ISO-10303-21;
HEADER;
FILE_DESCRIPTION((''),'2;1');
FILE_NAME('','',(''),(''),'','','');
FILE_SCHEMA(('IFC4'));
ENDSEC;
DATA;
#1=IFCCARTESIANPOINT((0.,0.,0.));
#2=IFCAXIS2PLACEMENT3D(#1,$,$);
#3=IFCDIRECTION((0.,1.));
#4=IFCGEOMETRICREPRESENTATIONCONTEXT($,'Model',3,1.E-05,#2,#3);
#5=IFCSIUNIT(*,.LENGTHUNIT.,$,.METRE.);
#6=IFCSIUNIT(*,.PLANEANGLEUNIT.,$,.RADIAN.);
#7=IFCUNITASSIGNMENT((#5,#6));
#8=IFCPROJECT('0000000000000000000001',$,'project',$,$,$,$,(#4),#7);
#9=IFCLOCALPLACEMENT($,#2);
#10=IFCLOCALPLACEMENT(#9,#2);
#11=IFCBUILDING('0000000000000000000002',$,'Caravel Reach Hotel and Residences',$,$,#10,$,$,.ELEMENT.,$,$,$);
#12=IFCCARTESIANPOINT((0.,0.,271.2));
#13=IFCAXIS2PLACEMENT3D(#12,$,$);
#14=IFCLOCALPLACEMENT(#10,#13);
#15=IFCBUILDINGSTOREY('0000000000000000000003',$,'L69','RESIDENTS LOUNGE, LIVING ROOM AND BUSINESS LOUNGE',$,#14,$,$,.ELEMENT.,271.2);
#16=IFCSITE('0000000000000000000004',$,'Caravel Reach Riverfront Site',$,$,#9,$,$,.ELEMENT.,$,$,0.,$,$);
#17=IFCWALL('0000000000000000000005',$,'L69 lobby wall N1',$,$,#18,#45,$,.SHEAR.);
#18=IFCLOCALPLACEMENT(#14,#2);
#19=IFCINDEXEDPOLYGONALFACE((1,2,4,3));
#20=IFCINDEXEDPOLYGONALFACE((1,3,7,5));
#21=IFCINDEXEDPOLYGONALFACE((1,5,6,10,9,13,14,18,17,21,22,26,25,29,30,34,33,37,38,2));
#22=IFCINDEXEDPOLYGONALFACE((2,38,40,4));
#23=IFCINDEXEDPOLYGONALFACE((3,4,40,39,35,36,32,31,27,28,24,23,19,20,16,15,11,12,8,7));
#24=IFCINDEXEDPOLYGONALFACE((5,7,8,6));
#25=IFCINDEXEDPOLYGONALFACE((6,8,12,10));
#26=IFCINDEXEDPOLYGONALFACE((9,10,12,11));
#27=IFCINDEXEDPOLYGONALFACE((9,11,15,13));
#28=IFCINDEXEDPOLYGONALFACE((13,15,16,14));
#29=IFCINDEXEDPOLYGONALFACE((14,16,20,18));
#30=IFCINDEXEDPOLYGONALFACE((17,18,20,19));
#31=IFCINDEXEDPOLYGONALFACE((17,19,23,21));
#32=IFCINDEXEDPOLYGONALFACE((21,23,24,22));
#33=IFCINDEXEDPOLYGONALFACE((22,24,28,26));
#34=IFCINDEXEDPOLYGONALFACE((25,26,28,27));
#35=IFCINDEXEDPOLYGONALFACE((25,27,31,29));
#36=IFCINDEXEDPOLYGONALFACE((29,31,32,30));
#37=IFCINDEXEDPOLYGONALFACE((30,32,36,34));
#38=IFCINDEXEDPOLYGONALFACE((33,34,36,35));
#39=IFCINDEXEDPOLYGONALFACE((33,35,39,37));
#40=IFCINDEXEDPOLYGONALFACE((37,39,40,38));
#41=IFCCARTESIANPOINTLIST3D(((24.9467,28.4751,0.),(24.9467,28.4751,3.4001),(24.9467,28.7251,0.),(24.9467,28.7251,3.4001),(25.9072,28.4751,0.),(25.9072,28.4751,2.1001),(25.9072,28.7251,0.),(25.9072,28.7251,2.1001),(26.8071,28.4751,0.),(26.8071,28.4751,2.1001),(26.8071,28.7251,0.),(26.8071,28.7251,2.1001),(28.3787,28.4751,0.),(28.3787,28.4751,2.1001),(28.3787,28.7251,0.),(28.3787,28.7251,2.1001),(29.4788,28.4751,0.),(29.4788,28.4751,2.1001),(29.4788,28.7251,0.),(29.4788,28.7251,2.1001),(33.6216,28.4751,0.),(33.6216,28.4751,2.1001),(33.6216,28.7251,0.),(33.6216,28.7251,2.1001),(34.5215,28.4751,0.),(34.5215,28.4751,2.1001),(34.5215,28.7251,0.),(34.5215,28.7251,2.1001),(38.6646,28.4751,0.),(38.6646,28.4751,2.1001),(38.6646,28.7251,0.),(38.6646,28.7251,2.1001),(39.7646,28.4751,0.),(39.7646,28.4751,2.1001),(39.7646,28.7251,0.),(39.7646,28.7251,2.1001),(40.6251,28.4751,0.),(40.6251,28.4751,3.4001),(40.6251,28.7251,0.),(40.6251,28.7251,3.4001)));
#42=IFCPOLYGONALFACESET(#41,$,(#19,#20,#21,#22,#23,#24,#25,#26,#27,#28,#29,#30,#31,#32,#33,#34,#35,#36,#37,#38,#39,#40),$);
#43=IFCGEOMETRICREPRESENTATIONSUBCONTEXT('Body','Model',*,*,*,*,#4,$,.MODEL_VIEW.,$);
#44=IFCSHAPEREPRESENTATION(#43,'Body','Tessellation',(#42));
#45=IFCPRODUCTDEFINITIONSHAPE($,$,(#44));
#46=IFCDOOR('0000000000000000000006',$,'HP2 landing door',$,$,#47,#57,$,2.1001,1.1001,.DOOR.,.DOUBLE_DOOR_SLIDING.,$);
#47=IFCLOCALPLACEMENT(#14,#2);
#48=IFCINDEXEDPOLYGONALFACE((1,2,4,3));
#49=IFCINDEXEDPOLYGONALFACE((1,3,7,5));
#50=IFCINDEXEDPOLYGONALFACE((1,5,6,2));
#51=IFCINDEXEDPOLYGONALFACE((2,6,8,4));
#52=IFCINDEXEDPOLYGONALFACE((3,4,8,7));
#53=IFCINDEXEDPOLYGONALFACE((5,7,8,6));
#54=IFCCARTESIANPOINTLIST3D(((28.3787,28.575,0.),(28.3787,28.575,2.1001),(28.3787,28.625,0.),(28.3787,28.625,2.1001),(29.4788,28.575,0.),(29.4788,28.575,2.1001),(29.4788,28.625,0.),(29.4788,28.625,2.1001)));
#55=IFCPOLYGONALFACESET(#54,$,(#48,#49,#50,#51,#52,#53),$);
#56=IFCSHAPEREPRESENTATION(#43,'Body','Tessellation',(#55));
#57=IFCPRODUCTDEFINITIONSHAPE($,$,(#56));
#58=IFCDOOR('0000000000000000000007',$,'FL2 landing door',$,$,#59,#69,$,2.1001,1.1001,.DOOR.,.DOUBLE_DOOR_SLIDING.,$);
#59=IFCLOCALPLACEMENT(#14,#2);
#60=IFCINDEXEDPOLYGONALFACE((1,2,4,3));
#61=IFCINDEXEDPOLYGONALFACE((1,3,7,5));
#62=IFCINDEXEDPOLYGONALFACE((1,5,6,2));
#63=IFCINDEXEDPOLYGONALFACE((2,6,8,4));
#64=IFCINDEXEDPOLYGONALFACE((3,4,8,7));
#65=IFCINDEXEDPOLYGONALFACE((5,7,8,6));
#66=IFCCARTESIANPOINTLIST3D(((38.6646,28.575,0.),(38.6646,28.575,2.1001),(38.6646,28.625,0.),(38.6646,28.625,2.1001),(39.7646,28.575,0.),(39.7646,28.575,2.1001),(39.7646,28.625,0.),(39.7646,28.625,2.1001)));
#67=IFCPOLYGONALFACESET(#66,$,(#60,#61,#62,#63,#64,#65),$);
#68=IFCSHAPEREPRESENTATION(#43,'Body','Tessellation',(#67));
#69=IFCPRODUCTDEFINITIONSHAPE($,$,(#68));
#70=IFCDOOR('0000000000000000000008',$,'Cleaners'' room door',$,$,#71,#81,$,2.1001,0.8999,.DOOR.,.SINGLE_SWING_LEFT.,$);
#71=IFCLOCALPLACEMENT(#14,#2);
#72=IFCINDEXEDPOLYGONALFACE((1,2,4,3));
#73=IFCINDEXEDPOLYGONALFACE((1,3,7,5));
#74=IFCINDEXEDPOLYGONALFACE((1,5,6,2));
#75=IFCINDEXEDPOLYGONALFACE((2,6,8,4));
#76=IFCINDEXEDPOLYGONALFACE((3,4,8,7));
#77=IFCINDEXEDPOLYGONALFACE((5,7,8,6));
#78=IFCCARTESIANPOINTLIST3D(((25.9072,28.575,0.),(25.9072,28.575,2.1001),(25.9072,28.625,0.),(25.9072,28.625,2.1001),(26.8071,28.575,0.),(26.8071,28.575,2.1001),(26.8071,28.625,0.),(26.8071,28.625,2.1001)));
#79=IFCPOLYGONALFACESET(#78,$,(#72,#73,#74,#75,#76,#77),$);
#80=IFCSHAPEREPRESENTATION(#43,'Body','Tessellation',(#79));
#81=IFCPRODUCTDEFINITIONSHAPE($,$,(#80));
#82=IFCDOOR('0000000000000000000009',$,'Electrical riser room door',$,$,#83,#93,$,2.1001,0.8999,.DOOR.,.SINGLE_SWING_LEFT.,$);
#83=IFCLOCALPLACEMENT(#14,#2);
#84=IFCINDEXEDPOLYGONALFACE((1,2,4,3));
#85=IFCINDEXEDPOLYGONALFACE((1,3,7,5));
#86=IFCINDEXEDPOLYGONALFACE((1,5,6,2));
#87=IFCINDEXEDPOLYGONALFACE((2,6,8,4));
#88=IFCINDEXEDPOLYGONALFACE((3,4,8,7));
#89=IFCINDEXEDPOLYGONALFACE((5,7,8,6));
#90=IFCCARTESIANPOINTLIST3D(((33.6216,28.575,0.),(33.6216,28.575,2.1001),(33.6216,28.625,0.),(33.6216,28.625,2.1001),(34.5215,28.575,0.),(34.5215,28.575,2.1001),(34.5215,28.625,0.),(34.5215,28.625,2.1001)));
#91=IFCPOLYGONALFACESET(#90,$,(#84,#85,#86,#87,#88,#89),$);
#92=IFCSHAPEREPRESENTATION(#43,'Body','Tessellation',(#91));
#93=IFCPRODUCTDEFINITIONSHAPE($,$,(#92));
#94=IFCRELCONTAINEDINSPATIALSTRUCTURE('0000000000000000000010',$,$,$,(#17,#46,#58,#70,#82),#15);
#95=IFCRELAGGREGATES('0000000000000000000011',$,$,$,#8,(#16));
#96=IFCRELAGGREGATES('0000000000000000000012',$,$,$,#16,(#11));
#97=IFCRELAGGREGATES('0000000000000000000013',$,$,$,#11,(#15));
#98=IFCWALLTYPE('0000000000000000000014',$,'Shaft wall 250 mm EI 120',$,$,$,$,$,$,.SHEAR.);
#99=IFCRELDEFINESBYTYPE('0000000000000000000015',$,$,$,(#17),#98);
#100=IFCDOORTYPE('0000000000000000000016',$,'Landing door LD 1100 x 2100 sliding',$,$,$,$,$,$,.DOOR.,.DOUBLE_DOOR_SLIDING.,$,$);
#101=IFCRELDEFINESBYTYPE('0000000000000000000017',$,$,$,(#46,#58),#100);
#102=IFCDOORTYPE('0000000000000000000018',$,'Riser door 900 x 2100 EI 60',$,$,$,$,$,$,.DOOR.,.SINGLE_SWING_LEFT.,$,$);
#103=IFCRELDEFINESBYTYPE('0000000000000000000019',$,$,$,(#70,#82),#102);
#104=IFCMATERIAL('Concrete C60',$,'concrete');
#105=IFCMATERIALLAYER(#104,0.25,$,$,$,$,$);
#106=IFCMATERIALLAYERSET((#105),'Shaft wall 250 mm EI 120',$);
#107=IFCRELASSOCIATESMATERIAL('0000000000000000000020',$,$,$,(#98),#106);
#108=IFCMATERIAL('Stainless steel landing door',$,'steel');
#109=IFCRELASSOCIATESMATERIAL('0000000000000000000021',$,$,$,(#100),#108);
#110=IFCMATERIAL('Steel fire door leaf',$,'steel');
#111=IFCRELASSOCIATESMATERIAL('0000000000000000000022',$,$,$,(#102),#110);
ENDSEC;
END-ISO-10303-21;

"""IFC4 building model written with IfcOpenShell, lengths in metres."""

from ifc_helpers import new_model, si_unit, direction, frame, frame_2d, origin, place, context, subcontext, project, spatial, rectangle, extrude, material, layer, layer_set, type_object, element, fill, save


model = new_model("IFC4")

# Units and contexts
model_context = context("Model", 3, precision=1e-05, world=origin(), true_north=direction((0.0, 1.0)))
body_context = subcontext(model_context, "Body", "Model", "MODEL_VIEW")
ifc_project = project(units=[si_unit("LENGTHUNIT", "METRE"), si_unit("PLANEANGLEUNIT", "RADIAN")], contexts=[model_context])

# Site, building, storey
site_placement = place(None, origin())
site = spatial("IfcSite", under=ifc_project, at=site_placement, Name="Caravel Reach Riverfront Site", CompositionType="ELEMENT", RefElevation=0.0)
building_placement = place(site_placement, origin())
building = spatial("IfcBuilding", under=site, at=building_placement, Name="Caravel Reach Hotel and Residences", CompositionType="ELEMENT")
storey_placement = place(building_placement, frame((0.0, 0.0, 271.2)))
storey = spatial("IfcBuildingStorey", under=building, at=storey_placement, Name="L69", Description="RESIDENTS LOUNGE, LIVING ROOM AND BUSINESS LOUNGE", CompositionType="ELEMENT", Elevation=271.2)

# Wall, openings, doors
ifc_material_1 = material(Name="Concrete C60", Category="concrete")
ifc_layer_1 = layer(ifc_material_1, 0.25)
ifc_layer_set_1 = layer_set([ifc_layer_1], Name="Shaft wall 250 mm EI 120")
wall_type_1 = type_object("IfcWallType", Name="Shaft wall 250 mm EI 120", PredefinedType="SHEAR", material=ifc_layer_set_1)
wall_1_placement = place(storey_placement, frame((24.9465, 28.6001, 0.0), z_axis=(0.0, 0.0, 1.0), x_axis=(1.0, 0.0, 0.0)))
wall_1 = element("IfcWall", 1, at=wall_1_placement, inside=storey, type_object=wall_type_1, Name="L69 lobby wall N1", PredefinedType="SHEAR", context=body_context, shape_type="SweptSolid", body=[
    extrude(rectangle(XDim=15.6785, YDim=0.25, at=frame_2d((7.8394, 0.0))), origin(), (0.0, 0.0, 1.0), 3.4001),
])
opening_1_placement = place(wall_1_placement, frame((3.4321, 0.0, 0.0)))
opening_1 = element("IfcOpeningElement", 2, at=opening_1_placement, cuts=wall_1, PredefinedType="OPENING", context=body_context, shape_type="SweptSolid", body=[
    extrude(rectangle(XDim=1.1001, YDim=2.1001, at=frame_2d((0.55, 1.05))), frame((0.0, 0.135, 0.0), z_axis=(0.0, -1.0, 0.0), x_axis=(1.0, 0.0, 0.0)), (0.0, 0.0, 1.0), 0.27),
])
opening_2_placement = place(wall_1_placement, frame((13.718, 0.0, 0.0)))
opening_2 = element("IfcOpeningElement", 3, at=opening_2_placement, cuts=wall_1, PredefinedType="OPENING", context=body_context, shape_type="SweptSolid", body=[
    extrude(rectangle(XDim=1.1001, YDim=2.1001, at=frame_2d((0.55, 1.05))), frame((0.0, 0.135, 0.0), z_axis=(0.0, -1.0, 0.0), x_axis=(1.0, 0.0, 0.0)), (0.0, 0.0, 1.0), 0.27),
])
opening_3_placement = place(wall_1_placement, frame((0.9607, 0.0, 0.0)))
opening_3 = element("IfcOpeningElement", 4, at=opening_3_placement, cuts=wall_1, PredefinedType="OPENING", context=body_context, shape_type="SweptSolid", body=[
    extrude(rectangle(XDim=0.8999, YDim=2.1001, at=frame_2d((0.45, 1.05))), frame((0.0, 0.135, 0.0), z_axis=(0.0, -1.0, 0.0), x_axis=(1.0, 0.0, 0.0)), (0.0, 0.0, 1.0), 0.27),
])
opening_4_placement = place(wall_1_placement, frame((8.675, 0.0, 0.0)))
opening_4 = element("IfcOpeningElement", 5, at=opening_4_placement, cuts=wall_1, PredefinedType="OPENING", context=body_context, shape_type="SweptSolid", body=[
    extrude(rectangle(XDim=0.8999, YDim=2.1001, at=frame_2d((0.45, 1.05))), frame((0.0, 0.135, 0.0), z_axis=(0.0, -1.0, 0.0), x_axis=(1.0, 0.0, 0.0)), (0.0, 0.0, 1.0), 0.27),
])
ifc_material_2 = material(Name="Stainless steel landing door", Category="steel")
door_type_1 = type_object("IfcDoorType", Name="Landing door LD 1100 x 2100 sliding", OperationType="DOUBLE_DOOR_SLIDING", PredefinedType="DOOR", material=ifc_material_2)
door_1_placement = place(opening_1_placement, origin())
door_1 = element("IfcDoor", 6, at=door_1_placement, inside=storey, type_object=door_type_1, Name="HP2 landing door", OperationType="DOUBLE_DOOR_SLIDING", OverallHeight=2.1001, OverallWidth=1.1001, PredefinedType="DOOR", context=body_context, shape_type="SweptSolid", body=[
    extrude(rectangle(XDim=1.1001, YDim=2.1001, at=frame_2d((0.55, 1.05))), frame((0.0, 0.0249, 0.0), z_axis=(0.0, -1.0, 0.0), x_axis=(1.0, 0.0, 0.0)), (0.0, 0.0, 1.0), 0.05),
])
fill(opening_1, door_1)
door_2_placement = place(opening_2_placement, origin())
door_2 = element("IfcDoor", 7, at=door_2_placement, inside=storey, type_object=door_type_1, Name="FL2 landing door", OperationType="DOUBLE_DOOR_SLIDING", OverallHeight=2.1001, OverallWidth=1.1001, PredefinedType="DOOR", context=body_context, shape_type="SweptSolid", body=[
    extrude(rectangle(XDim=1.1001, YDim=2.1001, at=frame_2d((0.55, 1.05))), frame((0.0, 0.0249, 0.0), z_axis=(0.0, -1.0, 0.0), x_axis=(1.0, 0.0, 0.0)), (0.0, 0.0, 1.0), 0.05),
])
fill(opening_2, door_2)
ifc_material_3 = material(Name="Steel fire door leaf", Category="steel")
door_type_2 = type_object("IfcDoorType", Name="Riser door 900 x 2100 EI 60", OperationType="SINGLE_SWING_LEFT", PredefinedType="DOOR", material=ifc_material_3)
door_3_placement = place(opening_3_placement, origin())
door_3 = element("IfcDoor", 8, at=door_3_placement, inside=storey, type_object=door_type_2, Name="Cleaners' room door", OperationType="SINGLE_SWING_LEFT", OverallHeight=2.1001, OverallWidth=0.8999, PredefinedType="DOOR", context=body_context, shape_type="SweptSolid", body=[
    extrude(rectangle(XDim=0.8999, YDim=2.1001, at=frame_2d((0.45, 1.05))), frame((0.0, 0.0249, 0.0), z_axis=(0.0, -1.0, 0.0), x_axis=(1.0, 0.0, 0.0)), (0.0, 0.0, 1.0), 0.05),
])
fill(opening_3, door_3)
door_4_placement = place(opening_4_placement, origin())
door_4 = element("IfcDoor", 9, at=door_4_placement, inside=storey, type_object=door_type_2, Name="Electrical riser room door", OperationType="SINGLE_SWING_LEFT", OverallHeight=2.1001, OverallWidth=0.8999, PredefinedType="DOOR", context=body_context, shape_type="SweptSolid", body=[
    extrude(rectangle(XDim=0.8999, YDim=2.1001, at=frame_2d((0.45, 1.05))), frame((0.0, 0.0249, 0.0), z_axis=(0.0, -1.0, 0.0), x_axis=(1.0, 0.0, 0.0)), (0.0, 0.0, 1.0), 0.05),
])
fill(opening_4, door_4)

save(model, "model.ifc")
